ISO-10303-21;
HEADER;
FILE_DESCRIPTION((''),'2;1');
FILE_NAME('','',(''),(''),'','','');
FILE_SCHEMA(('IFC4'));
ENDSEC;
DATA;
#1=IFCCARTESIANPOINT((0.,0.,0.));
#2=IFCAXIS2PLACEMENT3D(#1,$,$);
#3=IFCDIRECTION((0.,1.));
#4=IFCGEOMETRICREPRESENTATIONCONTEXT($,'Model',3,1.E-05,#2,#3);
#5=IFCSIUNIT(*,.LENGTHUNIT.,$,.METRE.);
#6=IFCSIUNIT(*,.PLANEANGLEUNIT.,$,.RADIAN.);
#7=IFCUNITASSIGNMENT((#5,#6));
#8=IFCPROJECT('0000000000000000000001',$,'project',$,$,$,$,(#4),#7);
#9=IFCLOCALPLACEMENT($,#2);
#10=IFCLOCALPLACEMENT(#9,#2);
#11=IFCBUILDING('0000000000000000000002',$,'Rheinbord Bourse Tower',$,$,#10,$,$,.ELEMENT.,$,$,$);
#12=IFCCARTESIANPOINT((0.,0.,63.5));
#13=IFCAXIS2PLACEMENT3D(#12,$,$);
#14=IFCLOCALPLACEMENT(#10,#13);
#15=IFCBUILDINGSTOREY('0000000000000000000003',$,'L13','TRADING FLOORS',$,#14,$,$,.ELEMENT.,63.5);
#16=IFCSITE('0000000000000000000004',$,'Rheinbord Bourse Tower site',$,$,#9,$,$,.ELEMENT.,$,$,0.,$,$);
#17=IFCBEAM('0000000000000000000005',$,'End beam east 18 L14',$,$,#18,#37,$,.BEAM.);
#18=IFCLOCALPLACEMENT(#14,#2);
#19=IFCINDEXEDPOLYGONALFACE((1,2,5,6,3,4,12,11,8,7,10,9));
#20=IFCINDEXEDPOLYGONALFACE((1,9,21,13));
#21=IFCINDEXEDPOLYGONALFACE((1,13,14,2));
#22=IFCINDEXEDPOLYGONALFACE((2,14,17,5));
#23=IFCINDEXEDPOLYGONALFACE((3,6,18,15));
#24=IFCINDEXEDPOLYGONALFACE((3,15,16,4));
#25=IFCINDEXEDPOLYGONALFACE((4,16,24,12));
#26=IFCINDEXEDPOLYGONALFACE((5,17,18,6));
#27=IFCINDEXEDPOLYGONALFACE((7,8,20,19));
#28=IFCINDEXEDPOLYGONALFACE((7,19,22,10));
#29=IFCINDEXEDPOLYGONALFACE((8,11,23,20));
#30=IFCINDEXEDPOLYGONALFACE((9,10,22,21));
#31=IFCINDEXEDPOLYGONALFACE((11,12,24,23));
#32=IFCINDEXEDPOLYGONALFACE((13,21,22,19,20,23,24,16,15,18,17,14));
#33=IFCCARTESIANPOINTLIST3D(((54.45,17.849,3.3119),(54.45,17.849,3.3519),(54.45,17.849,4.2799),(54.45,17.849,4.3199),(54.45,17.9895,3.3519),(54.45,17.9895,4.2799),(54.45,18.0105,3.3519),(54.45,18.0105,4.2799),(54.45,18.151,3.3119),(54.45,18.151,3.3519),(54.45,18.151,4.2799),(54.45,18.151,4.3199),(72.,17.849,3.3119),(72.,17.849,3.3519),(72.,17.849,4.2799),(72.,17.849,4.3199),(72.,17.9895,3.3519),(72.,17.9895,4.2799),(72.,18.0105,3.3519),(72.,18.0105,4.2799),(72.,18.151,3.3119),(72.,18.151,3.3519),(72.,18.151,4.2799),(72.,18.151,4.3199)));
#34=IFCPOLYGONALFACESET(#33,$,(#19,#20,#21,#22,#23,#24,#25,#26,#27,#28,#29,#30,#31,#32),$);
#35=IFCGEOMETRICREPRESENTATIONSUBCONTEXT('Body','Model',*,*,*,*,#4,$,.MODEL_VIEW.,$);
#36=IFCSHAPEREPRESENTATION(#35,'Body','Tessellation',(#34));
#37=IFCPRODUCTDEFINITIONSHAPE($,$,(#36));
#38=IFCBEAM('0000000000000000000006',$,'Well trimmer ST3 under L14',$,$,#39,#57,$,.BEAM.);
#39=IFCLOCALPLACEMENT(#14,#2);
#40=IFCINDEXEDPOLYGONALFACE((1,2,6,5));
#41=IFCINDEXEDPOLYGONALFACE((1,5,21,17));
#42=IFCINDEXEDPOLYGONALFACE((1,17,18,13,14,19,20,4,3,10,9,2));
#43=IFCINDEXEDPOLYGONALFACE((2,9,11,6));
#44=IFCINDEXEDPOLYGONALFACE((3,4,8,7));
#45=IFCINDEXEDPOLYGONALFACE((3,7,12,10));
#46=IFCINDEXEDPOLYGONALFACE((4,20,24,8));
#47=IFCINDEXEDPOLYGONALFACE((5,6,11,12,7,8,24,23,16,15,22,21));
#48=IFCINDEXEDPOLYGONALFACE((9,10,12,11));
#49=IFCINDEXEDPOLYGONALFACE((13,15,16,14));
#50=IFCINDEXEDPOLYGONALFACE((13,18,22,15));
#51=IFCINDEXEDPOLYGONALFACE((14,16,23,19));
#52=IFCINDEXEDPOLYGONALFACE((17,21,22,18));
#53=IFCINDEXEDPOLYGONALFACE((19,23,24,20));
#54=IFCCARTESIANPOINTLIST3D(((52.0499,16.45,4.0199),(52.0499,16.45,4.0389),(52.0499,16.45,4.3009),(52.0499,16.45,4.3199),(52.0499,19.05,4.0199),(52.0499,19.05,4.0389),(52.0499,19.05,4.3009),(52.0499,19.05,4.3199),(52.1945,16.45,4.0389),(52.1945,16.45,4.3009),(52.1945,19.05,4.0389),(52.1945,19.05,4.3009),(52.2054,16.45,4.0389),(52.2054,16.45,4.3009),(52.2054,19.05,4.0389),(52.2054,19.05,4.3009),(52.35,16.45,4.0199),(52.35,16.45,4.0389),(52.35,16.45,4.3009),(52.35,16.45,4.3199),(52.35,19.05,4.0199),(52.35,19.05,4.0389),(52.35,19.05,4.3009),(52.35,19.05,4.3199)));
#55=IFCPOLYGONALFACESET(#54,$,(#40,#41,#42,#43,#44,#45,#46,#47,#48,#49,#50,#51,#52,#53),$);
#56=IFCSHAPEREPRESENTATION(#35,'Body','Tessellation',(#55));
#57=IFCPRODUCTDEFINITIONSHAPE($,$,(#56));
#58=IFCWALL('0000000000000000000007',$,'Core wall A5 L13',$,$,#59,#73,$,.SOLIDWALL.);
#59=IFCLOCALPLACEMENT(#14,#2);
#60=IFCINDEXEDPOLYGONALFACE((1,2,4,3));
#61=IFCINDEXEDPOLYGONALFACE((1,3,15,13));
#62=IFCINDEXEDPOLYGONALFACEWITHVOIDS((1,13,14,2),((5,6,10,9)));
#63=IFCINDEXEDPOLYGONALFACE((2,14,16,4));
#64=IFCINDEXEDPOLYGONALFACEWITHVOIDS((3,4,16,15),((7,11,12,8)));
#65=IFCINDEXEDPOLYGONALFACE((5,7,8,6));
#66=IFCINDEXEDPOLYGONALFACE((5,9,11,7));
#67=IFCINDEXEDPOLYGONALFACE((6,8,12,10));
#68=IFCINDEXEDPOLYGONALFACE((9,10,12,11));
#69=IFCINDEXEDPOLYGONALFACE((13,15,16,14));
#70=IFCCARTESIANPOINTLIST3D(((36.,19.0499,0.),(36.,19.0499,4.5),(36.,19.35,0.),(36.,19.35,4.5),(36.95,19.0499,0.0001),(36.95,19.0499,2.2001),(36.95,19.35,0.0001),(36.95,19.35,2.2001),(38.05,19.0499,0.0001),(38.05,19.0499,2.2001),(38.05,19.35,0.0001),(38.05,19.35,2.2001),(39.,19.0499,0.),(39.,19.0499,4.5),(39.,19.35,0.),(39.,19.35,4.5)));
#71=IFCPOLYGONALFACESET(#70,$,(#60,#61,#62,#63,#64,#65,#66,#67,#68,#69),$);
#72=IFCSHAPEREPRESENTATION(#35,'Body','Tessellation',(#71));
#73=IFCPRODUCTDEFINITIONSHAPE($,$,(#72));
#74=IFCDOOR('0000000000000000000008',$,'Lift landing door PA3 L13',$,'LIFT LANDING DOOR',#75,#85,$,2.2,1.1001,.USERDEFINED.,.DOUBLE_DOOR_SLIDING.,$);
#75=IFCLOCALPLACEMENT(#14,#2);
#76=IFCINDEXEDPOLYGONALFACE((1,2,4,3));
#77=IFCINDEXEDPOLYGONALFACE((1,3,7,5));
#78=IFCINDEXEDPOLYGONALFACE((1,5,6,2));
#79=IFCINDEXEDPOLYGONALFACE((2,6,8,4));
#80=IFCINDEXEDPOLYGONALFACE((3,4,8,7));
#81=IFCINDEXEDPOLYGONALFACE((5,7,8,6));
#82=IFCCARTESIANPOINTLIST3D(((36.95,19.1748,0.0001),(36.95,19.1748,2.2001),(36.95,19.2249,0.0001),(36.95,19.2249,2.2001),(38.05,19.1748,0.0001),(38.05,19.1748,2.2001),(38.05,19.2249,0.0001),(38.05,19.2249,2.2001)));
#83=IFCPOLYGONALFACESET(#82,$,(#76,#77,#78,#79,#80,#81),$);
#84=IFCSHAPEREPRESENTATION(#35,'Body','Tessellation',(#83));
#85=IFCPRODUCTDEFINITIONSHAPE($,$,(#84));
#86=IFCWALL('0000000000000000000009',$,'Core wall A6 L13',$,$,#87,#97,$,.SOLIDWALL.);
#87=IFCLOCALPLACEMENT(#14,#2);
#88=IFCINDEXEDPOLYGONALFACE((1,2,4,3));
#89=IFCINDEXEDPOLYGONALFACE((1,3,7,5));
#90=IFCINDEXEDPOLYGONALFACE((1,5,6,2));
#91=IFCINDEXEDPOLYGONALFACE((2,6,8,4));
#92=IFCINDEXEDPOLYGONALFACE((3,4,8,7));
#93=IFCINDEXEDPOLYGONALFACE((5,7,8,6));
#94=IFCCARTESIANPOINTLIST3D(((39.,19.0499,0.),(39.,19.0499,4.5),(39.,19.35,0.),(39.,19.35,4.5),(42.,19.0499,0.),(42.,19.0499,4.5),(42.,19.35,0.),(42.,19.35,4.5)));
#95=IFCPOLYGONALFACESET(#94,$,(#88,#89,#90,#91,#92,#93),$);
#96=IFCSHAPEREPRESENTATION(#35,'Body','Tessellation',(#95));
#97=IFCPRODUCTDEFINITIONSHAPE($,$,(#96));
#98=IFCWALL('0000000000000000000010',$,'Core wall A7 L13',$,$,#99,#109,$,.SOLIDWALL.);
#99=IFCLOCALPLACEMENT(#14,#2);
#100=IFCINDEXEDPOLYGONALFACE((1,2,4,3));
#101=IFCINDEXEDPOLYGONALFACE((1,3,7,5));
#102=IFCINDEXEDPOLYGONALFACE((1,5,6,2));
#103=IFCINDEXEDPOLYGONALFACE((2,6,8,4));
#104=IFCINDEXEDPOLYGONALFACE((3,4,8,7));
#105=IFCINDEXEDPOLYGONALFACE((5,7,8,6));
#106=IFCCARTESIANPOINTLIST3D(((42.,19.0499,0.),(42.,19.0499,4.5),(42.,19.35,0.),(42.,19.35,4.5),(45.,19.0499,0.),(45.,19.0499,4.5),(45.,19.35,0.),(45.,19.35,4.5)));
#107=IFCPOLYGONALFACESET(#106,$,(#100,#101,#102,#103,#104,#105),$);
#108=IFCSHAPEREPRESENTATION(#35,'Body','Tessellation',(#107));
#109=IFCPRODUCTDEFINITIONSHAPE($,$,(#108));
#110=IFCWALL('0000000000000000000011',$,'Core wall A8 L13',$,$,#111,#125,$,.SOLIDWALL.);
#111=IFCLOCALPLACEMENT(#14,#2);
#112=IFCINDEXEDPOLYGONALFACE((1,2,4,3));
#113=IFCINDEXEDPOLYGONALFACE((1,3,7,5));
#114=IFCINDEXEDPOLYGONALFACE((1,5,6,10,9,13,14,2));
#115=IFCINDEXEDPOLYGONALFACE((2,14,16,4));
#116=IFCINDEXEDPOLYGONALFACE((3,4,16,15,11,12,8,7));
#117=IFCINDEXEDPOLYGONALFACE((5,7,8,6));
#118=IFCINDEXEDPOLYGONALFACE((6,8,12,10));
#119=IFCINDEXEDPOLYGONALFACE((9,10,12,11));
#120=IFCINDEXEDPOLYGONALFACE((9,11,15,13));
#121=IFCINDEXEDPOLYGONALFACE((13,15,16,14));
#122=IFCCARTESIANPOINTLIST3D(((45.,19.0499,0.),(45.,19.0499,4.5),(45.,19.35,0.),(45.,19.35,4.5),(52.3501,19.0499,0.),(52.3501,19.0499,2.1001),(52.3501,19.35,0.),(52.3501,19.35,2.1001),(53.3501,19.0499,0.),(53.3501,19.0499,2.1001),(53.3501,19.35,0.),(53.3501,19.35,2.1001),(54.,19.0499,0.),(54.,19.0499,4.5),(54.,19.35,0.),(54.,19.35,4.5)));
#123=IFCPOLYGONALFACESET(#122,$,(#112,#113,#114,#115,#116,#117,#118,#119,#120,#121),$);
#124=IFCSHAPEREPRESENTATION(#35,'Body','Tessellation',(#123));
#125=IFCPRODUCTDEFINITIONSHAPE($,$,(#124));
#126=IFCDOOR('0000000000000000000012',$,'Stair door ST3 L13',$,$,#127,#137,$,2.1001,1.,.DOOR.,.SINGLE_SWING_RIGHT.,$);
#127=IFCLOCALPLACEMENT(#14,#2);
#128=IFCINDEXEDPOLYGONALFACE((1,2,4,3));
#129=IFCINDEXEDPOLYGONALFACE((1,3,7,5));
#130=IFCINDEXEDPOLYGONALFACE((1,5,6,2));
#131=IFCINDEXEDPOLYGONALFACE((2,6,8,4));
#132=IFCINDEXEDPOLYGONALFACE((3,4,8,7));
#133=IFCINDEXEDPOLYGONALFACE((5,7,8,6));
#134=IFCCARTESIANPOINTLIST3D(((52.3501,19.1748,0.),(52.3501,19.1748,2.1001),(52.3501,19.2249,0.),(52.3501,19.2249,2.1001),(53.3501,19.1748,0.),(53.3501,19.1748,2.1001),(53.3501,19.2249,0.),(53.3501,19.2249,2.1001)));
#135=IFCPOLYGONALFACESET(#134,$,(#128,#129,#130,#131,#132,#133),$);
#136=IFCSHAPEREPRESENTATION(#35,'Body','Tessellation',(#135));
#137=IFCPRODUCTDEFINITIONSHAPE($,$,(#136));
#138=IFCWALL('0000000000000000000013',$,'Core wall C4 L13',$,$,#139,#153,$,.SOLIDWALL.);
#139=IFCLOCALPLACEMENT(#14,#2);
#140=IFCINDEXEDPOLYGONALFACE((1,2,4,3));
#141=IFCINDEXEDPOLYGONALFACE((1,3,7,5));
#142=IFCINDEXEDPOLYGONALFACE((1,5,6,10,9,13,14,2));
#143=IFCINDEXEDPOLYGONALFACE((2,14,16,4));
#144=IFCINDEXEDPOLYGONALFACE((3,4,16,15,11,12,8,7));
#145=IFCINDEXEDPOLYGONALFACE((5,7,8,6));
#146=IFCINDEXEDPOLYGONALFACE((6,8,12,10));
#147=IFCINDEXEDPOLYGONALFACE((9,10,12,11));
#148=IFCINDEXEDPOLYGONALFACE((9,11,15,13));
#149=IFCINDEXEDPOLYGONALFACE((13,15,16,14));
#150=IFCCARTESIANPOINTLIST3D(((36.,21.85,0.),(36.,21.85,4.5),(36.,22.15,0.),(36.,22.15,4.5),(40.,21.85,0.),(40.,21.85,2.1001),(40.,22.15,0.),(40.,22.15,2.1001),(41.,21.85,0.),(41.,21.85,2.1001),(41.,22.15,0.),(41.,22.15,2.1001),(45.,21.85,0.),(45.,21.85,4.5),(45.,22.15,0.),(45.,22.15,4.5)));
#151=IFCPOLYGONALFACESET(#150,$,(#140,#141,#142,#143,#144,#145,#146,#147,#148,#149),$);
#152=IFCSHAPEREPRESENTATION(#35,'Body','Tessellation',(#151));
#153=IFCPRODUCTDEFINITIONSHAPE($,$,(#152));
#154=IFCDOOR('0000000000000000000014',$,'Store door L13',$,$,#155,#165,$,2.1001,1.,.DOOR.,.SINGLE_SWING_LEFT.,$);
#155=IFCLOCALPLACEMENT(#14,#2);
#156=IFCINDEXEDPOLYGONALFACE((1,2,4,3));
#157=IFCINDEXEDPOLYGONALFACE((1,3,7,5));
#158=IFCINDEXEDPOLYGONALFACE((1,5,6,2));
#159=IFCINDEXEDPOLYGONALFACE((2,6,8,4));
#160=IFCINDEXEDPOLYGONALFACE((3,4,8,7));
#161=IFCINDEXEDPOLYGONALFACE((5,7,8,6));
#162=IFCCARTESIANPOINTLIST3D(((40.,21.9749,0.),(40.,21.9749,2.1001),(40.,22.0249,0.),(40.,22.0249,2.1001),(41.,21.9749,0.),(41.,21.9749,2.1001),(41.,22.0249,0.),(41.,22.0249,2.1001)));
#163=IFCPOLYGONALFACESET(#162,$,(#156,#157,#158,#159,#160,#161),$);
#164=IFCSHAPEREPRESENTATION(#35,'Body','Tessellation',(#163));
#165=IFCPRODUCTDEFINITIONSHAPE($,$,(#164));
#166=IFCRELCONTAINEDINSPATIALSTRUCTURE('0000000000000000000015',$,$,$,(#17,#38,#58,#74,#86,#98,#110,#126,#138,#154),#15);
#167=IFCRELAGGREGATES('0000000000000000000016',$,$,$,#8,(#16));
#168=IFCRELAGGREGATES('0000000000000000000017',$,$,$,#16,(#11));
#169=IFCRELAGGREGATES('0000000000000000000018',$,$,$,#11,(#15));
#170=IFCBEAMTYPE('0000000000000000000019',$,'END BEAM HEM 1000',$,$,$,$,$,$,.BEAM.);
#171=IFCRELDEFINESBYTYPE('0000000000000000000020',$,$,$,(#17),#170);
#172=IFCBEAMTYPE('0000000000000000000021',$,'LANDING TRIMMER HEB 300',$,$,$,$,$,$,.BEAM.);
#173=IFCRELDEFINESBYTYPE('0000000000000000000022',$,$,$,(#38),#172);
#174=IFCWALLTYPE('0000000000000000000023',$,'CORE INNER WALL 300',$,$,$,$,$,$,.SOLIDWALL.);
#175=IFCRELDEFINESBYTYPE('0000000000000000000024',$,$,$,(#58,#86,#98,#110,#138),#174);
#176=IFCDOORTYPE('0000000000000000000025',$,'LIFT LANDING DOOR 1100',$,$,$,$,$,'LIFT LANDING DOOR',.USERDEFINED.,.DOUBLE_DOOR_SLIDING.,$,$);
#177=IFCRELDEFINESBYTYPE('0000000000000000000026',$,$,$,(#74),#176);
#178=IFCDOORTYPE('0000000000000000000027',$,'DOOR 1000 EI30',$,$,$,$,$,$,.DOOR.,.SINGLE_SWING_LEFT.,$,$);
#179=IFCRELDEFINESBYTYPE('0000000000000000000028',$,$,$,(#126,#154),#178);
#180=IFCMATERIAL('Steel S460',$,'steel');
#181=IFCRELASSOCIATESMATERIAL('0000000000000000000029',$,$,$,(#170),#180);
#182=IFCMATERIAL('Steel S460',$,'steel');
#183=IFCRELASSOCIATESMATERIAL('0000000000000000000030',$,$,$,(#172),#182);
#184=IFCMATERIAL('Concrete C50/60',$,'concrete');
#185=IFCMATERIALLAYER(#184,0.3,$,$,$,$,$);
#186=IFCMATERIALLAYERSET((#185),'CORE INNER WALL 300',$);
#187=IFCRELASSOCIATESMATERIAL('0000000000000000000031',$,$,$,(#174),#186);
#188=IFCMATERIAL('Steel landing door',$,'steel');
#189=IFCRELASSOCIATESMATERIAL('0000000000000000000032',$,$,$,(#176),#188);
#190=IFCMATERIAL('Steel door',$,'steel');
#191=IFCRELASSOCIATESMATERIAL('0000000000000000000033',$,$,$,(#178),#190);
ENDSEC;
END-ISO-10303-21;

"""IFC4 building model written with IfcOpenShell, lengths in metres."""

from ifc_helpers import new_model, si_unit, direction, frame, frame_2d, origin, origin_2d, place, context, subcontext, project, spatial, rectangle, i_section, extrude, material, layer, layer_set, material_profile, profile_set, type_object, element, fill, save


model = new_model("IFC4")

# Units and contexts
model_context = context("Model", 3, precision=1e-05, world=origin(), true_north=direction((0.0, 1.0)))
body_context = subcontext(model_context, "Body", "Model", "MODEL_VIEW")
ifc_project = project(units=[si_unit("LENGTHUNIT", "METRE"), si_unit("PLANEANGLEUNIT", "RADIAN")], contexts=[model_context])

# Site, building, storey
site_placement = place(None, origin())
site = spatial("IfcSite", under=ifc_project, at=site_placement, Name="Rheinbord Bourse Tower site", CompositionType="ELEMENT", RefElevation=0.0)
building_placement = place(site_placement, origin())
building = spatial("IfcBuilding", under=site, at=building_placement, Name="Rheinbord Bourse Tower", CompositionType="ELEMENT")
storey_placement = place(building_placement, frame((0.0, 0.0, 63.5)))
storey = spatial("IfcBuildingStorey", under=building, at=storey_placement, Name="L13", Description="TRADING FLOORS", CompositionType="ELEMENT", Elevation=63.5)

# Beams
ifc_material_1 = material(Name="Steel S460", Category="steel")
ifc_material_profile_1 = material_profile(ifc_material_1, i_section(OverallWidth=0.302, OverallDepth=1.0081, WebThickness=0.021, FlangeThickness=0.04, at=origin_2d()), Name="HEM 1000")
ifc_profile_set_1 = profile_set([ifc_material_profile_1], Name="Steel S460")
beam_type_1 = type_object("IfcBeamType", Name="END BEAM HEM 1000", PredefinedType="BEAM", material=ifc_profile_set_1)
beam_1_placement = place(storey_placement, frame((54.45, 18.0, 3.8159), z_axis=(1.0, 0.0, 0.0), x_axis=(0.0, 1.0, 0.0)))
element("IfcBeam", 1, at=beam_1_placement, inside=storey, type_object=beam_type_1, Name="End beam east 18 L14", PredefinedType="BEAM", context=body_context, shape_type="SweptSolid", body=[
    extrude(i_section(OverallWidth=0.302, OverallDepth=1.0081, WebThickness=0.021, FlangeThickness=0.04, at=origin_2d()), origin(), (0.0, 0.0, 1.0), 17.55),
])
ifc_material_2 = material(Name="Steel S460", Category="steel")
ifc_material_profile_2 = material_profile(ifc_material_2, i_section(OverallWidth=0.3, OverallDepth=0.3, WebThickness=0.011, FlangeThickness=0.019, at=origin_2d()), Name="HEB 300")
ifc_profile_set_2 = profile_set([ifc_material_profile_2], Name="Steel S460")
beam_type_2 = type_object("IfcBeamType", Name="LANDING TRIMMER HEB 300", PredefinedType="BEAM", material=ifc_profile_set_2)
beam_2_placement = place(storey_placement, frame((52.2, 16.45, 4.1699), z_axis=(0.0, 1.0, 0.0), x_axis=(-1.0, 0.0, 0.0)))
element("IfcBeam", 2, at=beam_2_placement, inside=storey, type_object=beam_type_2, Name="Well trimmer ST3 under L14", PredefinedType="BEAM", context=body_context, shape_type="SweptSolid", body=[
    extrude(i_section(OverallWidth=0.3, OverallDepth=0.3, WebThickness=0.011, FlangeThickness=0.019, at=origin_2d()), origin(), (0.0, 0.0, 1.0), 2.6001),
])

# Wall, opening, door
ifc_material_3 = material(Name="Concrete C50/60", Category="concrete")
ifc_layer_1 = layer(ifc_material_3, 0.3)
ifc_layer_set_1 = layer_set([ifc_layer_1], Name="CORE INNER WALL 300")
wall_type_1 = type_object("IfcWallType", Name="CORE INNER WALL 300", PredefinedType="SOLIDWALL", material=ifc_layer_set_1)
wall_1_placement = place(storey_placement, frame((36.0, 19.2, 0.0), z_axis=(0.0, 0.0, 1.0), x_axis=(1.0, 0.0, 0.0)))
wall_1 = element("IfcWall", 3, at=wall_1_placement, inside=storey, type_object=wall_type_1, Name="Core wall A5 L13", PredefinedType="SOLIDWALL", context=body_context, shape_type="SweptSolid", body=[
    extrude(rectangle(XDim=3.0, YDim=0.3, at=frame_2d((1.5, 0.0))), origin(), (0.0, 0.0, 1.0), 4.5),
])
opening_1_placement = place(wall_1_placement, frame((0.95, 0.0, 0.0)))
opening_1 = element("IfcOpeningElement", 4, at=opening_1_placement, cuts=wall_1, PredefinedType="OPENING", context=body_context, shape_type="SweptSolid", body=[
    extrude(rectangle(XDim=1.1001, YDim=2.2, at=frame_2d((0.55, 1.1001))), frame((0.0, 0.1599, 0.0), z_axis=(0.0, -1.0, 0.0), x_axis=(1.0, 0.0, 0.0)), (0.0, 0.0, 1.0), 0.3201),
])
ifc_material_4 = material(Name="Steel landing door", Category="steel")
door_type_1 = type_object("IfcDoorType", Name="LIFT LANDING DOOR 1100", ElementType="LIFT LANDING DOOR", OperationType="DOUBLE_DOOR_SLIDING", PredefinedType="USERDEFINED", material=ifc_material_4)
door_1_placement = place(opening_1_placement, origin())
door_1 = element("IfcDoor", 5, at=door_1_placement, inside=storey, type_object=door_type_1, Name="Lift landing door PA3 L13", ObjectType="LIFT LANDING DOOR", OperationType="DOUBLE_DOOR_SLIDING", OverallHeight=2.2, OverallWidth=1.1001, PredefinedType="USERDEFINED", context=body_context, shape_type="SweptSolid", body=[
    extrude(rectangle(XDim=1.1001, YDim=2.2, at=frame_2d((0.55, 1.1001))), frame((0.0, 0.0249, 0.0), z_axis=(0.0, -1.0, 0.0), x_axis=(1.0, 0.0, 0.0)), (0.0, 0.0, 1.0), 0.05),
])
fill(opening_1, door_1)

# Walls
for number, where, z_axis, x_axis, name in (
    (6, (39.0, 19.2, 0.0), (0.0, 0.0, 1.0), (1.0, 0.0, 0.0), "Core wall A6 L13"),
    (7, (42.0, 19.2, 0.0), (0.0, 0.0, 1.0), (1.0, 0.0, 0.0), "Core wall A7 L13"),
):
    element("IfcWall", number, at=place(storey_placement, frame(where, z_axis=z_axis, x_axis=x_axis)), inside=storey, type_object=wall_type_1, Name=name, PredefinedType="SOLIDWALL", context=body_context, shape_type="SweptSolid", body=[
        extrude(rectangle(XDim=3.0, YDim=0.3, at=frame_2d((1.5, 0.0))), origin(), (0.0, 0.0, 1.0), 4.5),
    ])

# Walls, openings, doors
wall_2_placement = place(storey_placement, frame((45.0, 19.2, 0.0), z_axis=(0.0, 0.0, 1.0), x_axis=(1.0, 0.0, 0.0)))
wall_2 = element("IfcWall", 8, at=wall_2_placement, inside=storey, type_object=wall_type_1, Name="Core wall A8 L13", PredefinedType="SOLIDWALL", context=body_context, shape_type="SweptSolid", body=[
    extrude(rectangle(XDim=9.0, YDim=0.3, at=frame_2d((4.5, 0.0))), origin(), (0.0, 0.0, 1.0), 4.5),
])
opening_2_placement = place(wall_2_placement, frame((7.3501, 0.0, 0.0)))
opening_2 = element("IfcOpeningElement", 9, at=opening_2_placement, cuts=wall_2, PredefinedType="OPENING", context=body_context, shape_type="SweptSolid", body=[
    extrude(rectangle(XDim=1.0, YDim=2.1001, at=frame_2d((0.5, 1.05))), frame((0.0, 0.1599, 0.0), z_axis=(0.0, -1.0, 0.0), x_axis=(1.0, 0.0, 0.0)), (0.0, 0.0, 1.0), 0.3201),
])
ifc_material_5 = material(Name="Steel door", Category="steel")
door_type_2 = type_object("IfcDoorType", Name="DOOR 1000 EI30", OperationType="SINGLE_SWING_LEFT", PredefinedType="DOOR", material=ifc_material_5)
door_2_placement = place(opening_2_placement, origin())
door_2 = element("IfcDoor", 10, at=door_2_placement, inside=storey, type_object=door_type_2, Name="Stair door ST3 L13", OperationType="SINGLE_SWING_RIGHT", OverallHeight=2.1001, OverallWidth=1.0, PredefinedType="DOOR", context=body_context, shape_type="SweptSolid", body=[
    extrude(rectangle(XDim=1.0, YDim=2.1001, at=frame_2d((0.5, 1.05))), frame((0.0, 0.0249, 0.0), z_axis=(0.0, -1.0, 0.0), x_axis=(1.0, 0.0, 0.0)), (0.0, 0.0, 1.0), 0.05),
])
fill(opening_2, door_2)
wall_3_placement = place(storey_placement, frame((36.0, 22.0, 0.0), z_axis=(0.0, 0.0, 1.0), x_axis=(1.0, 0.0, 0.0)))
wall_3 = element("IfcWall", 11, at=wall_3_placement, inside=storey, type_object=wall_type_1, Name="Core wall C4 L13", PredefinedType="SOLIDWALL", context=body_context, shape_type="SweptSolid", body=[
    extrude(rectangle(XDim=9.0, YDim=0.3, at=frame_2d((4.5, 0.0))), origin(), (0.0, 0.0, 1.0), 4.5),
])
opening_3_placement = place(wall_3_placement, frame((4.0, 0.0, 0.0)))
opening_3 = element("IfcOpeningElement", 12, at=opening_3_placement, cuts=wall_3, PredefinedType="OPENING", context=body_context, shape_type="SweptSolid", body=[
    extrude(rectangle(XDim=1.0, YDim=2.1001, at=frame_2d((0.5, 1.05))), frame((0.0, 0.1599, 0.0), z_axis=(0.0, -1.0, 0.0), x_axis=(1.0, 0.0, 0.0)), (0.0, 0.0, 1.0), 0.3201),
])
door_3_placement = place(opening_3_placement, origin())
door_3 = element("IfcDoor", 13, at=door_3_placement, inside=storey, type_object=door_type_2, Name="Store door L13", OperationType="SINGLE_SWING_LEFT", OverallHeight=2.1001, OverallWidth=1.0, PredefinedType="DOOR", context=body_context, shape_type="SweptSolid", body=[
    extrude(rectangle(XDim=1.0, YDim=2.1001, at=frame_2d((0.5, 1.05))), frame((0.0, 0.0249, 0.0), z_axis=(0.0, -1.0, 0.0), x_axis=(1.0, 0.0, 0.0)), (0.0, 0.0, 1.0), 0.05),
])
fill(opening_3, door_3)

save(model, "model.ifc")
